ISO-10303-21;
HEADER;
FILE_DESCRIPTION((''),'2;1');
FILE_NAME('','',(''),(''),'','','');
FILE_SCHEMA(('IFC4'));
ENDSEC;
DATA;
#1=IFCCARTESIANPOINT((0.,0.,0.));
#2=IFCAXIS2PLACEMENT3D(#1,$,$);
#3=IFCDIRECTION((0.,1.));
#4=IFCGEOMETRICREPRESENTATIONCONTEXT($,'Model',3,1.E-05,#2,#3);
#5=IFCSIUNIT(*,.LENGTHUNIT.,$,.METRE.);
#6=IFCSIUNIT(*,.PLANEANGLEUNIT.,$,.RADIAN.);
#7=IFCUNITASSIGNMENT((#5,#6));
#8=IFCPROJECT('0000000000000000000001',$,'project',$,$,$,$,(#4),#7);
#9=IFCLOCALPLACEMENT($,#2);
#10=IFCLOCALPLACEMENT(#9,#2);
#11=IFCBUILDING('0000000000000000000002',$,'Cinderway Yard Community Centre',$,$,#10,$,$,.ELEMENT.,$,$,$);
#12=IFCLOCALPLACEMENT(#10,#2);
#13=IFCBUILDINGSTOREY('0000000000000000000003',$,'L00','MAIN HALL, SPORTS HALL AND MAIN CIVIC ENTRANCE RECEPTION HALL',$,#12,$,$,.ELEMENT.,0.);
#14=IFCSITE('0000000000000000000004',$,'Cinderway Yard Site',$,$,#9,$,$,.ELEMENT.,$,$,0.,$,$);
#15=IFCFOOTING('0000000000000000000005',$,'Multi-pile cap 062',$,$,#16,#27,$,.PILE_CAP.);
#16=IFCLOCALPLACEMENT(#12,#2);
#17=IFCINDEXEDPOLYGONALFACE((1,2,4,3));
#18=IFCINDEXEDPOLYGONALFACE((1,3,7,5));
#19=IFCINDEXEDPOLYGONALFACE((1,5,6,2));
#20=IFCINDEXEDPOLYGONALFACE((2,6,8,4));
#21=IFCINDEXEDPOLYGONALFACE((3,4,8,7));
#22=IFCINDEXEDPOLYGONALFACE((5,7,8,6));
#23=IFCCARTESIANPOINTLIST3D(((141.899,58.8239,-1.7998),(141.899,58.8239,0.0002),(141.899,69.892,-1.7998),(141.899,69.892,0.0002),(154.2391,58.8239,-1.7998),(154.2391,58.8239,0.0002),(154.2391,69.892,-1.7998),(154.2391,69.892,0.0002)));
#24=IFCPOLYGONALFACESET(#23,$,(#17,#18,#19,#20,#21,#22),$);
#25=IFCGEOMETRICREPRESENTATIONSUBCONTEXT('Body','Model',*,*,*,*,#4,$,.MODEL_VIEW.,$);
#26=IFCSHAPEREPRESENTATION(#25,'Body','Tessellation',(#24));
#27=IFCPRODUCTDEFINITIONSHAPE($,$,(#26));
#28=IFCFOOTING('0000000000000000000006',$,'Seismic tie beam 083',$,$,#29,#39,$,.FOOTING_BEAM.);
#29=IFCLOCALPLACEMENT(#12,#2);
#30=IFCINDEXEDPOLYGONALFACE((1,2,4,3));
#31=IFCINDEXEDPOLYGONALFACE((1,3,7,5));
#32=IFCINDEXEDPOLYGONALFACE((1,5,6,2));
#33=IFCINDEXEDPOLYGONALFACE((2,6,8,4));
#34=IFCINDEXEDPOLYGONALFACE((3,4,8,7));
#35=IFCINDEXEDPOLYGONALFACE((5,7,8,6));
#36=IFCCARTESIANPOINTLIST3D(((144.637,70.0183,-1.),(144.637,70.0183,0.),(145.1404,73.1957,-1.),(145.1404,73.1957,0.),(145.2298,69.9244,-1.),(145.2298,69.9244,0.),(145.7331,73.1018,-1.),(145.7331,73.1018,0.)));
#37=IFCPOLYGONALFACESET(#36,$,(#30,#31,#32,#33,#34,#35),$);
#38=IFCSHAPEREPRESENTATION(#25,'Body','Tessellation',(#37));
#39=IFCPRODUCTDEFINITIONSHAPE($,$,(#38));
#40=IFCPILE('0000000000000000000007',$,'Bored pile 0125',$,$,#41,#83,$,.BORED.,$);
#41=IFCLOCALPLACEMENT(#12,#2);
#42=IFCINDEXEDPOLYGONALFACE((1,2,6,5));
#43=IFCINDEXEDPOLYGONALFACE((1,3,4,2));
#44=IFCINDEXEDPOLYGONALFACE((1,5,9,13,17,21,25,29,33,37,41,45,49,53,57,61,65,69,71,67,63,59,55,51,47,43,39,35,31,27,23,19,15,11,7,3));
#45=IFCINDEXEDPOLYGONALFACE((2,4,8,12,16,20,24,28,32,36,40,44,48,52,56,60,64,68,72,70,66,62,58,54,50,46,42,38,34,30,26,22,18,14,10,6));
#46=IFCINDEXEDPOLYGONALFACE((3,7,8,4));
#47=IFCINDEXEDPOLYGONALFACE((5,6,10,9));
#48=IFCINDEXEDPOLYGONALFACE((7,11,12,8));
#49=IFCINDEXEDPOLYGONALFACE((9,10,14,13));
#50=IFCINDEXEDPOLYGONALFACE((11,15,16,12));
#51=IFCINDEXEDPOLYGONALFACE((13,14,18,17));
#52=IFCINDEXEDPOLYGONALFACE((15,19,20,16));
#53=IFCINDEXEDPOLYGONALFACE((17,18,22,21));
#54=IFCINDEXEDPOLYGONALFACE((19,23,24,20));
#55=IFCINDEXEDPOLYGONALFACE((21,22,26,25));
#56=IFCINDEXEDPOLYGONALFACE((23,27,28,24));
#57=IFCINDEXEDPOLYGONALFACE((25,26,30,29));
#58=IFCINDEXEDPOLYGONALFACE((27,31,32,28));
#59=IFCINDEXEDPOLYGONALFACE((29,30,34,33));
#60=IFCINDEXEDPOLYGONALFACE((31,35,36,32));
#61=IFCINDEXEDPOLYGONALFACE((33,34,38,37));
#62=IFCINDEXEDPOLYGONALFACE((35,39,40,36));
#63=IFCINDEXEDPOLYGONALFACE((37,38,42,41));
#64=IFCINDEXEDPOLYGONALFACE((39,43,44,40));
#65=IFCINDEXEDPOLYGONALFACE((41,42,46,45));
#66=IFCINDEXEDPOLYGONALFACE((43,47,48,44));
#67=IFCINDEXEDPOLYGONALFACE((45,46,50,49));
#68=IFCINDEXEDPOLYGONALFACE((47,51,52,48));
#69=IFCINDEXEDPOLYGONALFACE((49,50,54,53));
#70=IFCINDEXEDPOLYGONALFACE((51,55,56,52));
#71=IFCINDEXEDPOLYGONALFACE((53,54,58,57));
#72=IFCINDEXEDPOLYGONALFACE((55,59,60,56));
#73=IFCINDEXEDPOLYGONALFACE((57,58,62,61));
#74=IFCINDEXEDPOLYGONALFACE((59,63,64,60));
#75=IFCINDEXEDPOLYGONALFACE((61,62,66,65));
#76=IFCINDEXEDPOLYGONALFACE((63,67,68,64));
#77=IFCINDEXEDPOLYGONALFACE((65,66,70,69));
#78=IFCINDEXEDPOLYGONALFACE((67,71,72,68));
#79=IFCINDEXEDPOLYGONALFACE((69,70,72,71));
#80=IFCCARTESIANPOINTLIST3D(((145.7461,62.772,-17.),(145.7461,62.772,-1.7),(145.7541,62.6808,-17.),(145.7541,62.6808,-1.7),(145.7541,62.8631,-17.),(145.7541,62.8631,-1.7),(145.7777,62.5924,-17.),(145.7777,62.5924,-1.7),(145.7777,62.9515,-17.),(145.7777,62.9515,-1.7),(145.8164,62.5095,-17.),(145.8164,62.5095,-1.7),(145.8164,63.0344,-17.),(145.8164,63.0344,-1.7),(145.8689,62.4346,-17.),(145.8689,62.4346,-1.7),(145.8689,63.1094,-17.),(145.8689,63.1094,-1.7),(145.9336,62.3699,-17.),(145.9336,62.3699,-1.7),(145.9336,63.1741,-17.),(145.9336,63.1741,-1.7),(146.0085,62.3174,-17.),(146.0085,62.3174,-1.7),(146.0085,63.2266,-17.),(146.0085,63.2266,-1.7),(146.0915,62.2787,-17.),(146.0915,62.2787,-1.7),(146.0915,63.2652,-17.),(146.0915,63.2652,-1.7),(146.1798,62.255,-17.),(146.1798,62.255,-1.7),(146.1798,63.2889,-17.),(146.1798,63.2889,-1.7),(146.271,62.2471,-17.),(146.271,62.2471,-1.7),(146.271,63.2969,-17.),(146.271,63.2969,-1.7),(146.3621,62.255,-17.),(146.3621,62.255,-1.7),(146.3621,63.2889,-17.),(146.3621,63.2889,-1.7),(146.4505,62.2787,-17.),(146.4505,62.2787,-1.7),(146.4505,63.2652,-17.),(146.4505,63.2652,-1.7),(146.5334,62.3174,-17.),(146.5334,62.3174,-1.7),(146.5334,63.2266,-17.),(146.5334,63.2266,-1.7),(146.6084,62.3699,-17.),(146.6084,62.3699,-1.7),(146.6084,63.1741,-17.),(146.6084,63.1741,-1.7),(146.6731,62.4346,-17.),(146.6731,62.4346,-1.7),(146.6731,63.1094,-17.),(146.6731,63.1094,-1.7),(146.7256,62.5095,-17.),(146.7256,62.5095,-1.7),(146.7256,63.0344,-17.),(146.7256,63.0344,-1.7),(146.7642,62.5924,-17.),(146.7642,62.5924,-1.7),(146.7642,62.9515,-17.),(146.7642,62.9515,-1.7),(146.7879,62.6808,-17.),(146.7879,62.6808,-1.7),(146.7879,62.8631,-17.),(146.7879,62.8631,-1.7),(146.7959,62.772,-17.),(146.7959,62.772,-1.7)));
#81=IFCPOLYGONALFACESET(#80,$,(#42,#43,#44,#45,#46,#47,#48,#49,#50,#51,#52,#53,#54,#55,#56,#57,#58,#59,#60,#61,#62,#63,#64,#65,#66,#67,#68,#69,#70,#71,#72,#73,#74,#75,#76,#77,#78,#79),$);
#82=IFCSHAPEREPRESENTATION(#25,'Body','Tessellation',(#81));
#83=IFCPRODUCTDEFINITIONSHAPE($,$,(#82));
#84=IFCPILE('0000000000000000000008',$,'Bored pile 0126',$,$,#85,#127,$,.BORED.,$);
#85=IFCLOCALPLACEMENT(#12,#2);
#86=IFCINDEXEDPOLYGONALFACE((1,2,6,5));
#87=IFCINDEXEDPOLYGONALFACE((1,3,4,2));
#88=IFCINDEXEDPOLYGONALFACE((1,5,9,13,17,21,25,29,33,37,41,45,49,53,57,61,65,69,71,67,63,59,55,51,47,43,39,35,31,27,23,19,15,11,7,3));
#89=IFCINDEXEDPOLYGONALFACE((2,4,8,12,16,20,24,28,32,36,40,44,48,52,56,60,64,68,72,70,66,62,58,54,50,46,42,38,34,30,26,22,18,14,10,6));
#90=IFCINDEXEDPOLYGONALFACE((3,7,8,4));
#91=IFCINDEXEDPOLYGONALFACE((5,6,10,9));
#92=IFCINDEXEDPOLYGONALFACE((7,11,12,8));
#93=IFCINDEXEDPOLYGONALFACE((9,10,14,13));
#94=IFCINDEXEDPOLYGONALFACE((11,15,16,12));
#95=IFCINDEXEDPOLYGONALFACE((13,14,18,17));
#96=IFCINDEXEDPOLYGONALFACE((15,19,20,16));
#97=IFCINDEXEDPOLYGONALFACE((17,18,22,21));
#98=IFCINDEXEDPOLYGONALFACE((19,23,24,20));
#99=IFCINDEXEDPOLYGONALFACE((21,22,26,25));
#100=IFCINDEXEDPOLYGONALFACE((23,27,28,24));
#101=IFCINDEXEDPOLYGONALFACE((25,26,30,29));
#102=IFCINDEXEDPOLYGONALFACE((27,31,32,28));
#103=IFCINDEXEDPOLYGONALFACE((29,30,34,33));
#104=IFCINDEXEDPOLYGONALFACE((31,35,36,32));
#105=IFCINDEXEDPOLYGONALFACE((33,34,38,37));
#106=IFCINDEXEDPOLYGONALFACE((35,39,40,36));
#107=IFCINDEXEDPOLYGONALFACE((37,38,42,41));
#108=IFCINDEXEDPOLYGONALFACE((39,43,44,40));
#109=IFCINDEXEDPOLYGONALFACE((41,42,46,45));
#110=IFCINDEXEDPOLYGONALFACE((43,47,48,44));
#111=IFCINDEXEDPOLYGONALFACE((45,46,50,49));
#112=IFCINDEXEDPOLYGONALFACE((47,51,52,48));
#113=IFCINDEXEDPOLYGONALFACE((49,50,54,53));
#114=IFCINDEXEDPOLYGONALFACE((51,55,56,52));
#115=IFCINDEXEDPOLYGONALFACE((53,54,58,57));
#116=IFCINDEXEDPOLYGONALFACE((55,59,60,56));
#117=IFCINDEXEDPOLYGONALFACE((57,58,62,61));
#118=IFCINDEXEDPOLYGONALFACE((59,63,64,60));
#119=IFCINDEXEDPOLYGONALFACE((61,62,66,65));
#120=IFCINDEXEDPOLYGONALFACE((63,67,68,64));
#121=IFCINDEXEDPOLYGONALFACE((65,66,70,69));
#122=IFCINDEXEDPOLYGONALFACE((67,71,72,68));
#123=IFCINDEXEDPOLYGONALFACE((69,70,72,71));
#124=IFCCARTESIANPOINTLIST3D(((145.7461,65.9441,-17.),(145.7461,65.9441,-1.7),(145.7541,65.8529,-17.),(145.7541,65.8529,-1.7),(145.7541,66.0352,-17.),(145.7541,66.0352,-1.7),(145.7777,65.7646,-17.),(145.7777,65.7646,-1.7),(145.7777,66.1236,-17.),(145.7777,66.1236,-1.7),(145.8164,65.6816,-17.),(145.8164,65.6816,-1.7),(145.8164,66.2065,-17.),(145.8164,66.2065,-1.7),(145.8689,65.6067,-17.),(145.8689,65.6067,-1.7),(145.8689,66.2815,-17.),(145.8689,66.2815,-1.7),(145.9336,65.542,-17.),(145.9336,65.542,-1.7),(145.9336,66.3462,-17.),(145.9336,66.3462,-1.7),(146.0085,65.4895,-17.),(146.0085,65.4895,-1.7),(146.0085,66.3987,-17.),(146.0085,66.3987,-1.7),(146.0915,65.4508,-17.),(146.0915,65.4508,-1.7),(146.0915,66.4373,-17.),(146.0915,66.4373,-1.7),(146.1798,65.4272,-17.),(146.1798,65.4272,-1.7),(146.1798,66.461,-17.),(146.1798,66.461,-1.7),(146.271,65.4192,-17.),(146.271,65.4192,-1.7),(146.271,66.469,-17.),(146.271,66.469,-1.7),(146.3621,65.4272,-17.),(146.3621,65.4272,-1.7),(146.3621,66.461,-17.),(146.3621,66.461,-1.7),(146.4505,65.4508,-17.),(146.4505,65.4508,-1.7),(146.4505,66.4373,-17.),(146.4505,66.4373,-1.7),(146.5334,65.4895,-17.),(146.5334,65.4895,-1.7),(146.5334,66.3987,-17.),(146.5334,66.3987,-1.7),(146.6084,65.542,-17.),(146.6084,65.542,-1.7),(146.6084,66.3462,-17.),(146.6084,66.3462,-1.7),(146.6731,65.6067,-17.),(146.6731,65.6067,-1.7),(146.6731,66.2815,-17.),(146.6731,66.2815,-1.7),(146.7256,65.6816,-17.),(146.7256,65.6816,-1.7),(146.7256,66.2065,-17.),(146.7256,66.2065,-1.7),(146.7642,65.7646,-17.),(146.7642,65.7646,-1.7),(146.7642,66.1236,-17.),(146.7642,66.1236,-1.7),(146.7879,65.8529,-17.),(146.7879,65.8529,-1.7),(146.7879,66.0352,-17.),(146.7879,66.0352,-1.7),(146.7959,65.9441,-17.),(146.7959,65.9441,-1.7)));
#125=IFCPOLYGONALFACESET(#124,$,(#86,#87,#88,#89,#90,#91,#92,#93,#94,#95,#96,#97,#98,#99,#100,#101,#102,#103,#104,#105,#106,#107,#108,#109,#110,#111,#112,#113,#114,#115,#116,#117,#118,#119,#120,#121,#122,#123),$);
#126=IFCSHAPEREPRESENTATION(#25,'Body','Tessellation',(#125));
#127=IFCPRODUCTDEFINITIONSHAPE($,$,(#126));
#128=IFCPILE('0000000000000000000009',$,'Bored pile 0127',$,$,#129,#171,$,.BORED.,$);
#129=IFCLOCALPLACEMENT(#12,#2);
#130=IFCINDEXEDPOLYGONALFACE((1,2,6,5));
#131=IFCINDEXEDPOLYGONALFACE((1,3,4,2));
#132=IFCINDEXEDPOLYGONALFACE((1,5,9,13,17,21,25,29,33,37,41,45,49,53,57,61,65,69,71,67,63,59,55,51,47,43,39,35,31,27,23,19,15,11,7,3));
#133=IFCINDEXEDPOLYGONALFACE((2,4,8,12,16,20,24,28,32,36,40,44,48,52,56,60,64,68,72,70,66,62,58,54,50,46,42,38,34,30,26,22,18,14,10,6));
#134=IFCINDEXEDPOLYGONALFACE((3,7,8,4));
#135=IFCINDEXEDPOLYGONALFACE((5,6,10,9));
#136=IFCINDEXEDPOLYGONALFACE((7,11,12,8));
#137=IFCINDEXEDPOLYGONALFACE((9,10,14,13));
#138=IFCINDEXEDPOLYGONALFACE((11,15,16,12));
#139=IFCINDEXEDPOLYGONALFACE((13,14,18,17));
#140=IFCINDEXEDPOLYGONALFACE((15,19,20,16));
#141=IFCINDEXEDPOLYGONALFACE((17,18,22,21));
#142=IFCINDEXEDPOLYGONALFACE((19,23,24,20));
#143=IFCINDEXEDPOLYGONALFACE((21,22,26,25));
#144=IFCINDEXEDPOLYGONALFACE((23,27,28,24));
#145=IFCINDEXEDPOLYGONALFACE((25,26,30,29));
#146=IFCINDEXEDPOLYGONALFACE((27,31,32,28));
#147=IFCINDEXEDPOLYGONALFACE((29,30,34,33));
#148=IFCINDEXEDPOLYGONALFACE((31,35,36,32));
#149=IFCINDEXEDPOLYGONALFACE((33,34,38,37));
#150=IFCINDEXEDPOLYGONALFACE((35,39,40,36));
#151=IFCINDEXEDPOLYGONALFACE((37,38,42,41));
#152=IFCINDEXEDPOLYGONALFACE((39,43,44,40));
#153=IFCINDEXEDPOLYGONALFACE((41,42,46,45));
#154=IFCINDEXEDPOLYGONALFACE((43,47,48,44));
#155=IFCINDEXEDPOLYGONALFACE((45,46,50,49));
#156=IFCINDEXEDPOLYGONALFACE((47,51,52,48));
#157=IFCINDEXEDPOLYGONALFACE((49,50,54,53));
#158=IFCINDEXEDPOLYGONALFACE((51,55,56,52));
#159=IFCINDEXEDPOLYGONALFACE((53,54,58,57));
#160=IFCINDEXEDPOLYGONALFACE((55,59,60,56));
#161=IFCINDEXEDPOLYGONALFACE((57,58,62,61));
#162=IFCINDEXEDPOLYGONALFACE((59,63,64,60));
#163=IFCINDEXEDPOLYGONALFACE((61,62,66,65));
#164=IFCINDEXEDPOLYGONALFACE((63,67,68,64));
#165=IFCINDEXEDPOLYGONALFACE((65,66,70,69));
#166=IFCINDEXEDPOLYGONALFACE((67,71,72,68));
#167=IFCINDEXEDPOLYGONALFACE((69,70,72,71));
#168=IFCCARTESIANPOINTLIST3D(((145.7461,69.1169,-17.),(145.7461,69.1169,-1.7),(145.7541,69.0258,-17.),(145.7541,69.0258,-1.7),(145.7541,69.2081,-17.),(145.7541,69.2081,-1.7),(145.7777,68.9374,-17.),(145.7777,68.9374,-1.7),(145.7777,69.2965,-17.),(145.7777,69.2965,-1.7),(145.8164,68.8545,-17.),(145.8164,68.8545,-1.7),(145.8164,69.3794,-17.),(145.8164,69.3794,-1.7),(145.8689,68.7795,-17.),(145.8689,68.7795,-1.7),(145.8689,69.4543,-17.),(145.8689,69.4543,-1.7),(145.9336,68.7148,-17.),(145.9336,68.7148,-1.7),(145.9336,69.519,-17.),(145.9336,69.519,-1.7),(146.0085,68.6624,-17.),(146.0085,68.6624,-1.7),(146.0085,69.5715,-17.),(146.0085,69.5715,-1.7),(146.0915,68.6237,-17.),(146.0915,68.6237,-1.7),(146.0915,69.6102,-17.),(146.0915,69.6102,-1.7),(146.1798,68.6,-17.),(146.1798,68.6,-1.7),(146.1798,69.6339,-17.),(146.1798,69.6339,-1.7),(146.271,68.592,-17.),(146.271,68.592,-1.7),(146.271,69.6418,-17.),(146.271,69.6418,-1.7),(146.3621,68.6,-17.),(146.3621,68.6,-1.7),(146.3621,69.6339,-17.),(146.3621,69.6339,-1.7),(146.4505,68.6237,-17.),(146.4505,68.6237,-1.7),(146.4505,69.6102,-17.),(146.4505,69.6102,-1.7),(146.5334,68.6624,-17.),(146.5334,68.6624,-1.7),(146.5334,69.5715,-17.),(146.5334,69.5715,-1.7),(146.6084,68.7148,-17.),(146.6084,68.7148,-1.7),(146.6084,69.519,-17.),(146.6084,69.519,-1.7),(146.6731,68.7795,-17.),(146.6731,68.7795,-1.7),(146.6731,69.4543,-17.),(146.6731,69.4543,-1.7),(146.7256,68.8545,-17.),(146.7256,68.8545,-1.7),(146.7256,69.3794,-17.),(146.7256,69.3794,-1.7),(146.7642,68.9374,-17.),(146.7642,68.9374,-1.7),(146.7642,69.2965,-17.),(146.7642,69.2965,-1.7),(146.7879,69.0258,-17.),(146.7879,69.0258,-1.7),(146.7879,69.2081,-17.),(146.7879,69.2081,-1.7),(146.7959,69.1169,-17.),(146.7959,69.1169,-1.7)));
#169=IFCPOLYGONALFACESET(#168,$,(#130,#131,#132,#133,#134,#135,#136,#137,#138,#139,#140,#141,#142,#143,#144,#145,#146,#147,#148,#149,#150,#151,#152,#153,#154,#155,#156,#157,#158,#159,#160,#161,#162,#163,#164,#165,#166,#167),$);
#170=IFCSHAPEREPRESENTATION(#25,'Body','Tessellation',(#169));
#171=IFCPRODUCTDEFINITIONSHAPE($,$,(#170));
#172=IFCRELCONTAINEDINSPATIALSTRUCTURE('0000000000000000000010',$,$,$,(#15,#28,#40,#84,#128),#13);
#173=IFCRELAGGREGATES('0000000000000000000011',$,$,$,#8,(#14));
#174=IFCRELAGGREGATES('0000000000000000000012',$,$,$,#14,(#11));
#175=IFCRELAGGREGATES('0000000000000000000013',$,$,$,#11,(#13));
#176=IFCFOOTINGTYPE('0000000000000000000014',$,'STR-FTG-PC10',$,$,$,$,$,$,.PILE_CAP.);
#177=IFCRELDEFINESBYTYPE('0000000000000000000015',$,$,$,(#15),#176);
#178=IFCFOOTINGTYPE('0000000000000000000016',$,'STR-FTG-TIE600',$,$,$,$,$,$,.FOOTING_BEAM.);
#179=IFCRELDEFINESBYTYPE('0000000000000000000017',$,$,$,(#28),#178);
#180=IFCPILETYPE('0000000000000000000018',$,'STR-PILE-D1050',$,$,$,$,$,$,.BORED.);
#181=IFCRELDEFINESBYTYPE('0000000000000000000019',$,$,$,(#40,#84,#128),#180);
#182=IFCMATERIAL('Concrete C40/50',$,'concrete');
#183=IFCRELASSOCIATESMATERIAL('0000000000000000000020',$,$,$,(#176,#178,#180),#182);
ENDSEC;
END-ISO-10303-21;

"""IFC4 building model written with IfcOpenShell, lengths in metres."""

from ifc_helpers import new_model, si_unit, direction, frame, origin, origin_2d, place, context, subcontext, project, spatial, rectangle, circle, extrude, material, material_profile, profile_set, type_object, element, save


model = new_model("IFC4")

# Units and contexts
model_context = context("Model", 3, precision=1e-05, world=origin(), true_north=direction((0.0, 1.0)))
body_context = subcontext(model_context, "Body", "Model", "MODEL_VIEW")
ifc_project = project(units=[si_unit("LENGTHUNIT", "METRE"), si_unit("PLANEANGLEUNIT", "RADIAN")], contexts=[model_context])

# Site, building, storey
site_placement = place(None, origin())
site = spatial("IfcSite", under=ifc_project, at=site_placement, Name="Cinderway Yard Site", CompositionType="ELEMENT", RefElevation=0.0)
building_placement = place(site_placement, origin())
building = spatial("IfcBuilding", under=site, at=building_placement, Name="Cinderway Yard Community Centre", CompositionType="ELEMENT")
storey_placement = place(building_placement, origin())
storey = spatial("IfcBuildingStorey", under=building, at=storey_placement, Name="L00", Description="MAIN HALL, SPORTS HALL AND MAIN CIVIC ENTRANCE RECEPTION HALL", CompositionType="ELEMENT", Elevation=0.0)

# Footings
ifc_material_1 = material(Name="Concrete C40/50", Category="concrete")
footing_type_1 = type_object("IfcFootingType", Name="STR-FTG-PC10", PredefinedType="PILE_CAP", material=ifc_material_1)
footing_1_placement = place(storey_placement, frame((148.0691, 64.3579, -1.7998), z_axis=(0.0, 0.0, 1.0), x_axis=(1.0, 0.0, 0.0)))
element("IfcFooting", 1, at=footing_1_placement, inside=storey, type_object=footing_type_1, Name="Multi-pile cap 062", PredefinedType="PILE_CAP", context=body_context, shape_type="SweptSolid", body=[
    extrude(rectangle(XDim=12.3401, YDim=11.0681, at=origin_2d()), origin(), (0.0, 0.0, 1.0), 1.8),
])
footing_type_2 = type_object("IfcFootingType", Name="STR-FTG-TIE600", PredefinedType="FOOTING_BEAM", material=ifc_material_1)
footing_2_placement = place(storey_placement, frame((145.1851, 71.5601, -1.0), z_axis=(0.0, 0.0, 1.0), x_axis=(0.156452, 0.987686, 0.0)))
element("IfcFooting", 2, at=footing_2_placement, inside=storey, type_object=footing_type_2, Name="Seismic tie beam 083", PredefinedType="FOOTING_BEAM", context=body_context, shape_type="SweptSolid", body=[
    extrude(rectangle(XDim=3.217, YDim=0.6001, at=origin_2d()), origin(), (0.0, 0.0, 1.0), 1.0),
])

# Piles
ifc_material_profile_1 = material_profile(ifc_material_1, circle(Radius=0.5249, at=origin_2d()), Name="Concrete C40/50")
ifc_profile_set_1 = profile_set([ifc_material_profile_1], Name="Concrete C40/50")
pile_type = type_object("IfcPileType", Name="STR-PILE-D1050", PredefinedType="BORED", material=ifc_profile_set_1)
for number, where, z_axis, x_axis, name in (
    (3, (146.271, 62.772, -1.7), (0.0, 0.0, -1.0), (1.0, 0.0, 0.0), "Bored pile 0125"),
    (4, (146.271, 65.9441, -1.7), (0.0, 0.0, -1.0), (1.0, 0.0, 0.0), "Bored pile 0126"),
    (5, (146.271, 69.1169, -1.7), (0.0, 0.0, -1.0), (1.0, 0.0, 0.0), "Bored pile 0127"),
):
    element("IfcPile", number, at=place(storey_placement, frame(where, z_axis=z_axis, x_axis=x_axis)), inside=storey, type_object=pile_type, Name=name, PredefinedType="BORED", context=body_context, shape_type="SweptSolid", body=[
        extrude(circle(Radius=0.5249, at=origin_2d()), origin(), (0.0, 0.0, 1.0), 15.3),
    ])

save(model, "model.ifc")
